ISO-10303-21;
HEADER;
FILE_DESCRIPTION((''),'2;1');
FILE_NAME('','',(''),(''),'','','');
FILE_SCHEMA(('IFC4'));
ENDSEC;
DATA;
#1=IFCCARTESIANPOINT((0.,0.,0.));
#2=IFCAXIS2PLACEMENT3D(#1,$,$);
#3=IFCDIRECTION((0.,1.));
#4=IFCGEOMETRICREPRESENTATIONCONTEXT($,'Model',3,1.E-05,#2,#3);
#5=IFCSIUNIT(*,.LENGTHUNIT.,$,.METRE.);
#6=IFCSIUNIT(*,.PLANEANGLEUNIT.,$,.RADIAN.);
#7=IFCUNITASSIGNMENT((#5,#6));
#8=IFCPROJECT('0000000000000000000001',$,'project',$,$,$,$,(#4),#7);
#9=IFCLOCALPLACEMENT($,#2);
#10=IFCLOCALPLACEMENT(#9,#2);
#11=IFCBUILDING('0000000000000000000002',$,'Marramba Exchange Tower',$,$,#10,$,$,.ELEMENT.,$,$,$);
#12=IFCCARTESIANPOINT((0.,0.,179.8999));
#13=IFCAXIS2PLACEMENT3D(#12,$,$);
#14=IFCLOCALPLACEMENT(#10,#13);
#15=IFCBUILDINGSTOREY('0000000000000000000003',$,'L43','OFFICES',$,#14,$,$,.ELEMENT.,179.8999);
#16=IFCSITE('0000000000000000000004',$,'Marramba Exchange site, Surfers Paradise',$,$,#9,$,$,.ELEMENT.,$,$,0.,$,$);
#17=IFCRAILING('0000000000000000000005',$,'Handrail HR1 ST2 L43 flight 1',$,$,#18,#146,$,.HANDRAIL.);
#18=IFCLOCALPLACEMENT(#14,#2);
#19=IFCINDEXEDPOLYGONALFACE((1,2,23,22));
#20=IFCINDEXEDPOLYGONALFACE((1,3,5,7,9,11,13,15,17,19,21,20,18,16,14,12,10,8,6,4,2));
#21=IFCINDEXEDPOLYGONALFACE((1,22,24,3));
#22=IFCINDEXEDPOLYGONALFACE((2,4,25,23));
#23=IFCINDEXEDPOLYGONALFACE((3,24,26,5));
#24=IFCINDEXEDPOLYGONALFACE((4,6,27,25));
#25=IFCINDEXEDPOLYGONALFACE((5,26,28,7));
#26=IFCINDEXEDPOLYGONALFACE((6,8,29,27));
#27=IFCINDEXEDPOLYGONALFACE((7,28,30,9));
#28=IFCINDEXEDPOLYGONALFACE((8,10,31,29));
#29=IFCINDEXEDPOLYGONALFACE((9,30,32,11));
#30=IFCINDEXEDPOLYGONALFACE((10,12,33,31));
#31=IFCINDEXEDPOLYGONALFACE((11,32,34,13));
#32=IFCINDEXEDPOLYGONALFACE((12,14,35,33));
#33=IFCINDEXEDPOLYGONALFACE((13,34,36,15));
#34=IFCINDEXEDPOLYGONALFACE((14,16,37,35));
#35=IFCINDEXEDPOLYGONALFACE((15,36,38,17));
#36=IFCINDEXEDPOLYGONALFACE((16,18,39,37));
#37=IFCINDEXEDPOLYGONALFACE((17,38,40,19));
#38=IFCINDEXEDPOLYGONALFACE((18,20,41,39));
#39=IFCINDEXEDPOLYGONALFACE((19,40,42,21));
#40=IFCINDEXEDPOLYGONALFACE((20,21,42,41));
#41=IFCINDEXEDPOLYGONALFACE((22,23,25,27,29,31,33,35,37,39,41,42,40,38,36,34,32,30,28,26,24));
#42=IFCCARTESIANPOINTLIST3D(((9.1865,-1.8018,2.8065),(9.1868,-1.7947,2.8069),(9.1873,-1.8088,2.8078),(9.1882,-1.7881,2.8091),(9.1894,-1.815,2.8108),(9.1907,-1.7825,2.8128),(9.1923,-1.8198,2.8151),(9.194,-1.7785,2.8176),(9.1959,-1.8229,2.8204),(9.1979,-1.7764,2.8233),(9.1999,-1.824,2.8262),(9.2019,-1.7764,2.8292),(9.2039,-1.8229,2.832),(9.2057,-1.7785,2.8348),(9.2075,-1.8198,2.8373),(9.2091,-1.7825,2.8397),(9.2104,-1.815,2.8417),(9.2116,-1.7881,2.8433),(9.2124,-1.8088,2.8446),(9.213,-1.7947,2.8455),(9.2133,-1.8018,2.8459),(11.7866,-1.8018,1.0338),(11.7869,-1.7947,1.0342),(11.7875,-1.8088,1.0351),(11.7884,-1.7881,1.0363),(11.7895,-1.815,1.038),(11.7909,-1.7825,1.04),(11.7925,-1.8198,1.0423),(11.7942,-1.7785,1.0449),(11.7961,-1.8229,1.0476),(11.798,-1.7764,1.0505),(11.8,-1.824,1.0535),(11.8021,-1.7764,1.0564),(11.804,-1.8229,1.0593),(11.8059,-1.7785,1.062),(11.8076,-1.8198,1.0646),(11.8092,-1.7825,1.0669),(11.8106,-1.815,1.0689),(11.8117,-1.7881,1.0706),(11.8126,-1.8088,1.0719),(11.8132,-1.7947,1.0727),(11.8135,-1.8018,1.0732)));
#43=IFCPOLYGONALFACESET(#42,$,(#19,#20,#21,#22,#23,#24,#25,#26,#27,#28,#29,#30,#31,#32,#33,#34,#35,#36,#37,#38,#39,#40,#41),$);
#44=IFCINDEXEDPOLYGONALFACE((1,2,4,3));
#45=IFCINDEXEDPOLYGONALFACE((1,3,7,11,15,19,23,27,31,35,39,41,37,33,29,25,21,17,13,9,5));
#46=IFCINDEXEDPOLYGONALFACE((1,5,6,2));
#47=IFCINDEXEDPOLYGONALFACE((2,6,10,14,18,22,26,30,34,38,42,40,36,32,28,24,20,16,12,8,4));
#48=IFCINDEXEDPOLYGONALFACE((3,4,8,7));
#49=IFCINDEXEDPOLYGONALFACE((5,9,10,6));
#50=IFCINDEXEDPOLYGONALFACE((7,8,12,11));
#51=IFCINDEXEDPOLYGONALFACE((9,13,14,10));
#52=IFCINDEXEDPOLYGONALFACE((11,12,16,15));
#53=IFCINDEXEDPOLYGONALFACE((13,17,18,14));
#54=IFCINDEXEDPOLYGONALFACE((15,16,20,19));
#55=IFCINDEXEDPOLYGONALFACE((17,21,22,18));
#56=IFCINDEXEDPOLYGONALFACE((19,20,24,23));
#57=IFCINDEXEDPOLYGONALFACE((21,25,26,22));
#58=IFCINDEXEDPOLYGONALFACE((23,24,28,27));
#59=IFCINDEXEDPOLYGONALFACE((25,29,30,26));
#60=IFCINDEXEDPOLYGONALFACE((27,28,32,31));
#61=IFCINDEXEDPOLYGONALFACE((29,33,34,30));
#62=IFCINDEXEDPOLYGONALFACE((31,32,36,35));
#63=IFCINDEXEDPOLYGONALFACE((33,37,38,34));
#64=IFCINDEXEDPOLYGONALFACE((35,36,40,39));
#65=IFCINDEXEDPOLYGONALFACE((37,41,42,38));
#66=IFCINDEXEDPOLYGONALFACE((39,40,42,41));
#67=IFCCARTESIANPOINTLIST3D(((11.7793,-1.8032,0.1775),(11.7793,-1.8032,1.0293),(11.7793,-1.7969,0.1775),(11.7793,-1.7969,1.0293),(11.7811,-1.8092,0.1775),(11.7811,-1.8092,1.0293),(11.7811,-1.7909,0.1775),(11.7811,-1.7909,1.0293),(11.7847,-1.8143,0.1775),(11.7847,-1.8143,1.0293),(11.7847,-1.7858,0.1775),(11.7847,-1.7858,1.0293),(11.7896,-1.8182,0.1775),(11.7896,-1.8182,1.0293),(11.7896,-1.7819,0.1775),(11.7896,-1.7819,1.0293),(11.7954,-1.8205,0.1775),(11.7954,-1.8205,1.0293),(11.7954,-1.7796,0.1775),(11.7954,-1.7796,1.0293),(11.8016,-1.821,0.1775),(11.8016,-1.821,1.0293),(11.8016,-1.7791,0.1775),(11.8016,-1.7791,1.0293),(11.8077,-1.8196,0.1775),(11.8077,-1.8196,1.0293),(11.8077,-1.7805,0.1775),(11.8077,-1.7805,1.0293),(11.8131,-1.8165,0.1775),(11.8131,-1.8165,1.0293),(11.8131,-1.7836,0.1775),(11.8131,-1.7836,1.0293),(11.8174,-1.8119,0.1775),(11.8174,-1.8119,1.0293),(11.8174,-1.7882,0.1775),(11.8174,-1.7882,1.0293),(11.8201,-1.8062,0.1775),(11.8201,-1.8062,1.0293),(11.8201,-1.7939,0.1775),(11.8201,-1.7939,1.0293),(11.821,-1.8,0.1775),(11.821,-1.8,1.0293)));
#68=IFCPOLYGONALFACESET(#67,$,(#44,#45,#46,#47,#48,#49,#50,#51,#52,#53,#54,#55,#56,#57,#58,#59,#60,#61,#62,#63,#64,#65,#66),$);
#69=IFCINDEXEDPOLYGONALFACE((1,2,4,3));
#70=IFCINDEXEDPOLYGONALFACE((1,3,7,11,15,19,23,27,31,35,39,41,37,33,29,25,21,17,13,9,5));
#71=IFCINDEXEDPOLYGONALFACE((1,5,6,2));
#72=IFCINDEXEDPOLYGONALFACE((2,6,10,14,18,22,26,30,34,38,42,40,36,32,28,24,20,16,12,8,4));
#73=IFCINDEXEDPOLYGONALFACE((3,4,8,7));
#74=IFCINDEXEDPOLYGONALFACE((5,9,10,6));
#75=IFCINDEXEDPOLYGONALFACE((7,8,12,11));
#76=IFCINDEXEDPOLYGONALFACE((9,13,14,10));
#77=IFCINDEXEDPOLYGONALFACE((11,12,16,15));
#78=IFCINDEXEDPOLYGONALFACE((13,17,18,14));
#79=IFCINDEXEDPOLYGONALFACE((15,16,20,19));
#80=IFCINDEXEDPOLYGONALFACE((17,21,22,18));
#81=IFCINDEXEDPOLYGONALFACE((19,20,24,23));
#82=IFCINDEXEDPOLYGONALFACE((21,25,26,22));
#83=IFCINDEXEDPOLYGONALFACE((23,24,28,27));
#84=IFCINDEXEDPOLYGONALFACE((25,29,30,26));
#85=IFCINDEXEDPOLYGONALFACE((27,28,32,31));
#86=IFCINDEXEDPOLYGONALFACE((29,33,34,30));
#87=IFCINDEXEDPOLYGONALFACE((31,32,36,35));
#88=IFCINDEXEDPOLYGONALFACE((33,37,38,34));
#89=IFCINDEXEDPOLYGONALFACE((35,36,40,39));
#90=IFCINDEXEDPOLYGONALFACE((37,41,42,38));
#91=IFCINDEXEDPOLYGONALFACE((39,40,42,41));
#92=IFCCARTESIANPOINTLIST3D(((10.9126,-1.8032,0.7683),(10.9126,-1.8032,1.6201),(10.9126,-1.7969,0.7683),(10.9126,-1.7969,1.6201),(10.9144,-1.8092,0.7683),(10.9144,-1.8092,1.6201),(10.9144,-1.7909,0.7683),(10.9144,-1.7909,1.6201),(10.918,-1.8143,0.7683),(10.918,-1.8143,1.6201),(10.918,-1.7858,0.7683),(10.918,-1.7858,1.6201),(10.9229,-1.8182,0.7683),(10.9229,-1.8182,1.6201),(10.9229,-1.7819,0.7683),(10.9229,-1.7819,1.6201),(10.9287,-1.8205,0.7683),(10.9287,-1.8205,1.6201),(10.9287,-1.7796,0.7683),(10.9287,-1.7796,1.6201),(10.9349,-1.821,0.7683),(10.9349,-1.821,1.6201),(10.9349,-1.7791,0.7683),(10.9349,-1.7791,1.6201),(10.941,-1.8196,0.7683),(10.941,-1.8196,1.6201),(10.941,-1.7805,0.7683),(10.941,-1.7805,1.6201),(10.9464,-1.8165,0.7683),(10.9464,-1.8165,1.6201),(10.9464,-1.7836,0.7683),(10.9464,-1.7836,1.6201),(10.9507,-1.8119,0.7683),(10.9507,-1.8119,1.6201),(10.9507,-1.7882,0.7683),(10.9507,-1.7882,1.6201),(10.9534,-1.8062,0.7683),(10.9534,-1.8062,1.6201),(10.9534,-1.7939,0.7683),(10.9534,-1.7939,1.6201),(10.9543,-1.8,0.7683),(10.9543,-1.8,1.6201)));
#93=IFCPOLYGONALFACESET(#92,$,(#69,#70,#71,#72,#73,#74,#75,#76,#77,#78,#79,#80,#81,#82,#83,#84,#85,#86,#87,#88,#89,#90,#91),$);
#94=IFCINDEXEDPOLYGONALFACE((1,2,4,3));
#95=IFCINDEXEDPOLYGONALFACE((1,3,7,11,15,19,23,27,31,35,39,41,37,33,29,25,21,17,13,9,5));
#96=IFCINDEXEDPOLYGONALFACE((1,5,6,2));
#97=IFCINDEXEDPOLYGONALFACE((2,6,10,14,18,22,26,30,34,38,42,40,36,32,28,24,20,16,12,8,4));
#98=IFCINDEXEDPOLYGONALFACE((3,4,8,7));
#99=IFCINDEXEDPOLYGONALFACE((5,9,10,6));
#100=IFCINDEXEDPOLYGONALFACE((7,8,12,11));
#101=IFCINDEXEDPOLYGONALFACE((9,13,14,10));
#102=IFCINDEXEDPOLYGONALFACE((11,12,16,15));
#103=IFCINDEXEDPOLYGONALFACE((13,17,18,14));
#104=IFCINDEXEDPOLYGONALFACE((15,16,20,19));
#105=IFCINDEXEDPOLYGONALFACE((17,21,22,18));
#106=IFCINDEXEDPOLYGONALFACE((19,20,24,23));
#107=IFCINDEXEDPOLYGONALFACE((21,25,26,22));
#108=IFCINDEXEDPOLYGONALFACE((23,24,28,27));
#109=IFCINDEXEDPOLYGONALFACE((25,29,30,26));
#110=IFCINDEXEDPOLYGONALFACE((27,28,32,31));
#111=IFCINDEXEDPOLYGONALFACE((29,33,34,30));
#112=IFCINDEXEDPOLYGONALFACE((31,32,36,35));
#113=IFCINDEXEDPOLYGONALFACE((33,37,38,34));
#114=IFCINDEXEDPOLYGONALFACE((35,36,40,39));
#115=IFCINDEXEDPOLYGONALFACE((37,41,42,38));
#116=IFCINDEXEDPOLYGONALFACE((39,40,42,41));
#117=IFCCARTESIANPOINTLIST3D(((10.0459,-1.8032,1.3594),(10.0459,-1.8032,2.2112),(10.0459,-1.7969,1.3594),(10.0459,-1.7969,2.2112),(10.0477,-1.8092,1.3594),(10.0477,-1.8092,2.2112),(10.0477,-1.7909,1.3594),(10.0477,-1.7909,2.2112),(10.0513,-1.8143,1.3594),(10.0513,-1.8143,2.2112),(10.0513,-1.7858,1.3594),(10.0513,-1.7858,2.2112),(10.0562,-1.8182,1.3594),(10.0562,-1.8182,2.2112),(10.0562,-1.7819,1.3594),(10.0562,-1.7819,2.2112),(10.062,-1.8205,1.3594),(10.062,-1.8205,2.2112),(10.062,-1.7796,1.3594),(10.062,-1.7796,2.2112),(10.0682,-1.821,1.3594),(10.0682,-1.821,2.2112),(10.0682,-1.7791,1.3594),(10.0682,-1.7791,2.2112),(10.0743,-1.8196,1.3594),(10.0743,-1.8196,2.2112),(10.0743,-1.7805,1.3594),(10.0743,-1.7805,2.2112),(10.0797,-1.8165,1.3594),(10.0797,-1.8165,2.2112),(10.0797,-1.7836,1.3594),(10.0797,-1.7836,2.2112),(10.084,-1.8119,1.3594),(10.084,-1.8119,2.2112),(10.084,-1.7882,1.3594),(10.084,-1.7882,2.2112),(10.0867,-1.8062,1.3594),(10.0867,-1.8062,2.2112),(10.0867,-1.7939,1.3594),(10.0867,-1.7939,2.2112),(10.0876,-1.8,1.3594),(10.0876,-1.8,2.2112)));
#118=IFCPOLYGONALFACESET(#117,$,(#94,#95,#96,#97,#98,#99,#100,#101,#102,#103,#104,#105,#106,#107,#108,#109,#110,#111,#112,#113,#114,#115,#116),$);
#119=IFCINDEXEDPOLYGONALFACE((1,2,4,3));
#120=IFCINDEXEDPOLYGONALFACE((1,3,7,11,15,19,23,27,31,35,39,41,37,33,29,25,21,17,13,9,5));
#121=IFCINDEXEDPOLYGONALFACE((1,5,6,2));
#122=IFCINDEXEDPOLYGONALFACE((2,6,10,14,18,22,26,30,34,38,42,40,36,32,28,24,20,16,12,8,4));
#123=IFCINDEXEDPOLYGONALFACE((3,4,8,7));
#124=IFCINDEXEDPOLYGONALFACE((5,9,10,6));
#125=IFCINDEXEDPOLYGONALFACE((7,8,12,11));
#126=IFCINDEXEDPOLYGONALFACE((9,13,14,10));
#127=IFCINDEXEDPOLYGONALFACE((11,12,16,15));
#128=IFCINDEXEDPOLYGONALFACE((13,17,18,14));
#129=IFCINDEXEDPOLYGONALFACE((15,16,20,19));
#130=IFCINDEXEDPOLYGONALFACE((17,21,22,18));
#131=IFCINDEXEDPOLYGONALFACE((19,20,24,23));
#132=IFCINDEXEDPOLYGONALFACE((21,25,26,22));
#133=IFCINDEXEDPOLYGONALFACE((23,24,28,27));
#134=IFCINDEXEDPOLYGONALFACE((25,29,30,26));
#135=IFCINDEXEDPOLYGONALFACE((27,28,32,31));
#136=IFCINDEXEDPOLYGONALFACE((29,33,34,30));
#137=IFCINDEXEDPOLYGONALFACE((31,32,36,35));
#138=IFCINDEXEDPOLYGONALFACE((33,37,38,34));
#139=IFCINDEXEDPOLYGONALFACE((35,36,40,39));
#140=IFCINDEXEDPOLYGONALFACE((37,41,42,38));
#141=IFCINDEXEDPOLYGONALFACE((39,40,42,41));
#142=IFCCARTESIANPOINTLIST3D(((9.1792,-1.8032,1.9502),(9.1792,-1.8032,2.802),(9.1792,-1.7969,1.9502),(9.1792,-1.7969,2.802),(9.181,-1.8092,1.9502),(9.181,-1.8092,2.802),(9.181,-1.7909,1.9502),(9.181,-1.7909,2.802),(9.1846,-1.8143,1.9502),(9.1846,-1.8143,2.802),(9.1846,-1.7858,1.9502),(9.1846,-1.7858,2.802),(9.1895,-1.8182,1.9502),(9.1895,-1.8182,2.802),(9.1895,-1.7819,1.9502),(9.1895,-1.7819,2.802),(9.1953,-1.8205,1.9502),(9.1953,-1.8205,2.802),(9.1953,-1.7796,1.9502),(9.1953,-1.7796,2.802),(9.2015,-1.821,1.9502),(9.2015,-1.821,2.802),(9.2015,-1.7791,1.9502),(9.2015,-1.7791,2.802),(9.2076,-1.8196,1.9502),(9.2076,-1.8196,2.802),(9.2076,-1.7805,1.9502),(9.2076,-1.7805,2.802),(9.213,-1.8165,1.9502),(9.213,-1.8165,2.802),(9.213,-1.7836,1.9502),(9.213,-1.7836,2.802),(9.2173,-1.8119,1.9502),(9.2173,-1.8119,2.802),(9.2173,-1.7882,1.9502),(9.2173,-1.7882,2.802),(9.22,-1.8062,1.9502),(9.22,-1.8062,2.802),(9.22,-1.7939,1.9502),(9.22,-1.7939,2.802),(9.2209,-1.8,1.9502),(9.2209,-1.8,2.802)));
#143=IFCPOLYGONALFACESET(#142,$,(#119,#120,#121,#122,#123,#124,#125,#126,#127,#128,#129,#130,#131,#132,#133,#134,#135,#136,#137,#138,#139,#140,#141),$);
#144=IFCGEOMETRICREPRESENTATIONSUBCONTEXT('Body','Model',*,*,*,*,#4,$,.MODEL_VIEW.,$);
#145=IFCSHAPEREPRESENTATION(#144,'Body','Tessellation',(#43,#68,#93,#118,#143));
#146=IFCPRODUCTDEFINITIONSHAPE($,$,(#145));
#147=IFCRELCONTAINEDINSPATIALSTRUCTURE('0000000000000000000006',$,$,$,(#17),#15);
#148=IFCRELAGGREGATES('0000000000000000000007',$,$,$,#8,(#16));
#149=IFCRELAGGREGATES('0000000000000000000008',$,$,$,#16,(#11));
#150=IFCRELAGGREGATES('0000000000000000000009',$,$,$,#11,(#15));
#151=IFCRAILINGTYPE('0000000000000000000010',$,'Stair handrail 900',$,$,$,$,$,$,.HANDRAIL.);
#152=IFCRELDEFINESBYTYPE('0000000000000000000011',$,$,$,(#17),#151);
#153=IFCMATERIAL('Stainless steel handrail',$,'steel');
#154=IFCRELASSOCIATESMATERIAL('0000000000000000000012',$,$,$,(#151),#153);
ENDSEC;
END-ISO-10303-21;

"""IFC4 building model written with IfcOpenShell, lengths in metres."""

from ifc_helpers import new_model, si_unit, direction, frame, origin, origin_2d, place, context, subcontext, project, spatial, circle, extrude, material, type_object, element, save


model = new_model("IFC4")

# Units and contexts
model_context = context("Model", 3, precision=1e-05, world=origin(), true_north=direction((0.0, 1.0)))
body_context = subcontext(model_context, "Body", "Model", "MODEL_VIEW")
ifc_project = project(units=[si_unit("LENGTHUNIT", "METRE"), si_unit("PLANEANGLEUNIT", "RADIAN")], contexts=[model_context])

# Site, building, storey
site_placement = place(None, origin())
site = spatial("IfcSite", under=ifc_project, at=site_placement, Name="Marramba Exchange site, Surfers Paradise", CompositionType="ELEMENT", RefElevation=0.0)
building_placement = place(site_placement, origin())
building = spatial("IfcBuilding", under=site, at=building_placement, Name="Marramba Exchange Tower", CompositionType="ELEMENT")
storey_placement = place(building_placement, frame((0.0, 0.0, 179.8999)))
storey = spatial("IfcBuildingStorey", under=building, at=storey_placement, Name="L43", Description="OFFICES", CompositionType="ELEMENT", Elevation=179.8999)

# Railing
ifc_material_1 = material(Name="Stainless steel handrail", Category="steel")
railing_type = type_object("IfcRailingType", Name="Stair handrail 900", PredefinedType="HANDRAIL", material=ifc_material_1)
railing_placement = place(storey_placement, frame((11.8, -1.8, 0.1775)))
element("IfcRailing", 1, at=railing_placement, inside=storey, type_object=railing_type, Name="Handrail HR1 ST2 L43 flight 1", PredefinedType="HANDRAIL", context=body_context, shape_type="SweptSolid", body=[
    extrude(circle(Radius=0.0239, at=origin_2d()), frame((0.0, 0.0, 0.876), z_axis=(-0.82624, 0.0, 0.563318), x_axis=(0.0, -1.0, 0.0)), (0.0, 0.0, 1.0), 3.147),
    extrude(circle(Radius=0.021, at=origin_2d()), origin(), (0.0, 0.0, 1.0), 0.8518),
    extrude(circle(Radius=0.021, at=origin_2d()), frame((-0.8667, 0.0, 0.5908)), (0.0, 0.0, 1.0), 0.8518),
    extrude(circle(Radius=0.021, at=origin_2d()), frame((-1.7334, 0.0, 1.1819)), (0.0, 0.0, 1.0), 0.8518),
    extrude(circle(Radius=0.021, at=origin_2d()), frame((-2.6001, 0.0, 1.7727)), (0.0, 0.0, 1.0), 0.8518),
])

save(model, "model.ifc")
